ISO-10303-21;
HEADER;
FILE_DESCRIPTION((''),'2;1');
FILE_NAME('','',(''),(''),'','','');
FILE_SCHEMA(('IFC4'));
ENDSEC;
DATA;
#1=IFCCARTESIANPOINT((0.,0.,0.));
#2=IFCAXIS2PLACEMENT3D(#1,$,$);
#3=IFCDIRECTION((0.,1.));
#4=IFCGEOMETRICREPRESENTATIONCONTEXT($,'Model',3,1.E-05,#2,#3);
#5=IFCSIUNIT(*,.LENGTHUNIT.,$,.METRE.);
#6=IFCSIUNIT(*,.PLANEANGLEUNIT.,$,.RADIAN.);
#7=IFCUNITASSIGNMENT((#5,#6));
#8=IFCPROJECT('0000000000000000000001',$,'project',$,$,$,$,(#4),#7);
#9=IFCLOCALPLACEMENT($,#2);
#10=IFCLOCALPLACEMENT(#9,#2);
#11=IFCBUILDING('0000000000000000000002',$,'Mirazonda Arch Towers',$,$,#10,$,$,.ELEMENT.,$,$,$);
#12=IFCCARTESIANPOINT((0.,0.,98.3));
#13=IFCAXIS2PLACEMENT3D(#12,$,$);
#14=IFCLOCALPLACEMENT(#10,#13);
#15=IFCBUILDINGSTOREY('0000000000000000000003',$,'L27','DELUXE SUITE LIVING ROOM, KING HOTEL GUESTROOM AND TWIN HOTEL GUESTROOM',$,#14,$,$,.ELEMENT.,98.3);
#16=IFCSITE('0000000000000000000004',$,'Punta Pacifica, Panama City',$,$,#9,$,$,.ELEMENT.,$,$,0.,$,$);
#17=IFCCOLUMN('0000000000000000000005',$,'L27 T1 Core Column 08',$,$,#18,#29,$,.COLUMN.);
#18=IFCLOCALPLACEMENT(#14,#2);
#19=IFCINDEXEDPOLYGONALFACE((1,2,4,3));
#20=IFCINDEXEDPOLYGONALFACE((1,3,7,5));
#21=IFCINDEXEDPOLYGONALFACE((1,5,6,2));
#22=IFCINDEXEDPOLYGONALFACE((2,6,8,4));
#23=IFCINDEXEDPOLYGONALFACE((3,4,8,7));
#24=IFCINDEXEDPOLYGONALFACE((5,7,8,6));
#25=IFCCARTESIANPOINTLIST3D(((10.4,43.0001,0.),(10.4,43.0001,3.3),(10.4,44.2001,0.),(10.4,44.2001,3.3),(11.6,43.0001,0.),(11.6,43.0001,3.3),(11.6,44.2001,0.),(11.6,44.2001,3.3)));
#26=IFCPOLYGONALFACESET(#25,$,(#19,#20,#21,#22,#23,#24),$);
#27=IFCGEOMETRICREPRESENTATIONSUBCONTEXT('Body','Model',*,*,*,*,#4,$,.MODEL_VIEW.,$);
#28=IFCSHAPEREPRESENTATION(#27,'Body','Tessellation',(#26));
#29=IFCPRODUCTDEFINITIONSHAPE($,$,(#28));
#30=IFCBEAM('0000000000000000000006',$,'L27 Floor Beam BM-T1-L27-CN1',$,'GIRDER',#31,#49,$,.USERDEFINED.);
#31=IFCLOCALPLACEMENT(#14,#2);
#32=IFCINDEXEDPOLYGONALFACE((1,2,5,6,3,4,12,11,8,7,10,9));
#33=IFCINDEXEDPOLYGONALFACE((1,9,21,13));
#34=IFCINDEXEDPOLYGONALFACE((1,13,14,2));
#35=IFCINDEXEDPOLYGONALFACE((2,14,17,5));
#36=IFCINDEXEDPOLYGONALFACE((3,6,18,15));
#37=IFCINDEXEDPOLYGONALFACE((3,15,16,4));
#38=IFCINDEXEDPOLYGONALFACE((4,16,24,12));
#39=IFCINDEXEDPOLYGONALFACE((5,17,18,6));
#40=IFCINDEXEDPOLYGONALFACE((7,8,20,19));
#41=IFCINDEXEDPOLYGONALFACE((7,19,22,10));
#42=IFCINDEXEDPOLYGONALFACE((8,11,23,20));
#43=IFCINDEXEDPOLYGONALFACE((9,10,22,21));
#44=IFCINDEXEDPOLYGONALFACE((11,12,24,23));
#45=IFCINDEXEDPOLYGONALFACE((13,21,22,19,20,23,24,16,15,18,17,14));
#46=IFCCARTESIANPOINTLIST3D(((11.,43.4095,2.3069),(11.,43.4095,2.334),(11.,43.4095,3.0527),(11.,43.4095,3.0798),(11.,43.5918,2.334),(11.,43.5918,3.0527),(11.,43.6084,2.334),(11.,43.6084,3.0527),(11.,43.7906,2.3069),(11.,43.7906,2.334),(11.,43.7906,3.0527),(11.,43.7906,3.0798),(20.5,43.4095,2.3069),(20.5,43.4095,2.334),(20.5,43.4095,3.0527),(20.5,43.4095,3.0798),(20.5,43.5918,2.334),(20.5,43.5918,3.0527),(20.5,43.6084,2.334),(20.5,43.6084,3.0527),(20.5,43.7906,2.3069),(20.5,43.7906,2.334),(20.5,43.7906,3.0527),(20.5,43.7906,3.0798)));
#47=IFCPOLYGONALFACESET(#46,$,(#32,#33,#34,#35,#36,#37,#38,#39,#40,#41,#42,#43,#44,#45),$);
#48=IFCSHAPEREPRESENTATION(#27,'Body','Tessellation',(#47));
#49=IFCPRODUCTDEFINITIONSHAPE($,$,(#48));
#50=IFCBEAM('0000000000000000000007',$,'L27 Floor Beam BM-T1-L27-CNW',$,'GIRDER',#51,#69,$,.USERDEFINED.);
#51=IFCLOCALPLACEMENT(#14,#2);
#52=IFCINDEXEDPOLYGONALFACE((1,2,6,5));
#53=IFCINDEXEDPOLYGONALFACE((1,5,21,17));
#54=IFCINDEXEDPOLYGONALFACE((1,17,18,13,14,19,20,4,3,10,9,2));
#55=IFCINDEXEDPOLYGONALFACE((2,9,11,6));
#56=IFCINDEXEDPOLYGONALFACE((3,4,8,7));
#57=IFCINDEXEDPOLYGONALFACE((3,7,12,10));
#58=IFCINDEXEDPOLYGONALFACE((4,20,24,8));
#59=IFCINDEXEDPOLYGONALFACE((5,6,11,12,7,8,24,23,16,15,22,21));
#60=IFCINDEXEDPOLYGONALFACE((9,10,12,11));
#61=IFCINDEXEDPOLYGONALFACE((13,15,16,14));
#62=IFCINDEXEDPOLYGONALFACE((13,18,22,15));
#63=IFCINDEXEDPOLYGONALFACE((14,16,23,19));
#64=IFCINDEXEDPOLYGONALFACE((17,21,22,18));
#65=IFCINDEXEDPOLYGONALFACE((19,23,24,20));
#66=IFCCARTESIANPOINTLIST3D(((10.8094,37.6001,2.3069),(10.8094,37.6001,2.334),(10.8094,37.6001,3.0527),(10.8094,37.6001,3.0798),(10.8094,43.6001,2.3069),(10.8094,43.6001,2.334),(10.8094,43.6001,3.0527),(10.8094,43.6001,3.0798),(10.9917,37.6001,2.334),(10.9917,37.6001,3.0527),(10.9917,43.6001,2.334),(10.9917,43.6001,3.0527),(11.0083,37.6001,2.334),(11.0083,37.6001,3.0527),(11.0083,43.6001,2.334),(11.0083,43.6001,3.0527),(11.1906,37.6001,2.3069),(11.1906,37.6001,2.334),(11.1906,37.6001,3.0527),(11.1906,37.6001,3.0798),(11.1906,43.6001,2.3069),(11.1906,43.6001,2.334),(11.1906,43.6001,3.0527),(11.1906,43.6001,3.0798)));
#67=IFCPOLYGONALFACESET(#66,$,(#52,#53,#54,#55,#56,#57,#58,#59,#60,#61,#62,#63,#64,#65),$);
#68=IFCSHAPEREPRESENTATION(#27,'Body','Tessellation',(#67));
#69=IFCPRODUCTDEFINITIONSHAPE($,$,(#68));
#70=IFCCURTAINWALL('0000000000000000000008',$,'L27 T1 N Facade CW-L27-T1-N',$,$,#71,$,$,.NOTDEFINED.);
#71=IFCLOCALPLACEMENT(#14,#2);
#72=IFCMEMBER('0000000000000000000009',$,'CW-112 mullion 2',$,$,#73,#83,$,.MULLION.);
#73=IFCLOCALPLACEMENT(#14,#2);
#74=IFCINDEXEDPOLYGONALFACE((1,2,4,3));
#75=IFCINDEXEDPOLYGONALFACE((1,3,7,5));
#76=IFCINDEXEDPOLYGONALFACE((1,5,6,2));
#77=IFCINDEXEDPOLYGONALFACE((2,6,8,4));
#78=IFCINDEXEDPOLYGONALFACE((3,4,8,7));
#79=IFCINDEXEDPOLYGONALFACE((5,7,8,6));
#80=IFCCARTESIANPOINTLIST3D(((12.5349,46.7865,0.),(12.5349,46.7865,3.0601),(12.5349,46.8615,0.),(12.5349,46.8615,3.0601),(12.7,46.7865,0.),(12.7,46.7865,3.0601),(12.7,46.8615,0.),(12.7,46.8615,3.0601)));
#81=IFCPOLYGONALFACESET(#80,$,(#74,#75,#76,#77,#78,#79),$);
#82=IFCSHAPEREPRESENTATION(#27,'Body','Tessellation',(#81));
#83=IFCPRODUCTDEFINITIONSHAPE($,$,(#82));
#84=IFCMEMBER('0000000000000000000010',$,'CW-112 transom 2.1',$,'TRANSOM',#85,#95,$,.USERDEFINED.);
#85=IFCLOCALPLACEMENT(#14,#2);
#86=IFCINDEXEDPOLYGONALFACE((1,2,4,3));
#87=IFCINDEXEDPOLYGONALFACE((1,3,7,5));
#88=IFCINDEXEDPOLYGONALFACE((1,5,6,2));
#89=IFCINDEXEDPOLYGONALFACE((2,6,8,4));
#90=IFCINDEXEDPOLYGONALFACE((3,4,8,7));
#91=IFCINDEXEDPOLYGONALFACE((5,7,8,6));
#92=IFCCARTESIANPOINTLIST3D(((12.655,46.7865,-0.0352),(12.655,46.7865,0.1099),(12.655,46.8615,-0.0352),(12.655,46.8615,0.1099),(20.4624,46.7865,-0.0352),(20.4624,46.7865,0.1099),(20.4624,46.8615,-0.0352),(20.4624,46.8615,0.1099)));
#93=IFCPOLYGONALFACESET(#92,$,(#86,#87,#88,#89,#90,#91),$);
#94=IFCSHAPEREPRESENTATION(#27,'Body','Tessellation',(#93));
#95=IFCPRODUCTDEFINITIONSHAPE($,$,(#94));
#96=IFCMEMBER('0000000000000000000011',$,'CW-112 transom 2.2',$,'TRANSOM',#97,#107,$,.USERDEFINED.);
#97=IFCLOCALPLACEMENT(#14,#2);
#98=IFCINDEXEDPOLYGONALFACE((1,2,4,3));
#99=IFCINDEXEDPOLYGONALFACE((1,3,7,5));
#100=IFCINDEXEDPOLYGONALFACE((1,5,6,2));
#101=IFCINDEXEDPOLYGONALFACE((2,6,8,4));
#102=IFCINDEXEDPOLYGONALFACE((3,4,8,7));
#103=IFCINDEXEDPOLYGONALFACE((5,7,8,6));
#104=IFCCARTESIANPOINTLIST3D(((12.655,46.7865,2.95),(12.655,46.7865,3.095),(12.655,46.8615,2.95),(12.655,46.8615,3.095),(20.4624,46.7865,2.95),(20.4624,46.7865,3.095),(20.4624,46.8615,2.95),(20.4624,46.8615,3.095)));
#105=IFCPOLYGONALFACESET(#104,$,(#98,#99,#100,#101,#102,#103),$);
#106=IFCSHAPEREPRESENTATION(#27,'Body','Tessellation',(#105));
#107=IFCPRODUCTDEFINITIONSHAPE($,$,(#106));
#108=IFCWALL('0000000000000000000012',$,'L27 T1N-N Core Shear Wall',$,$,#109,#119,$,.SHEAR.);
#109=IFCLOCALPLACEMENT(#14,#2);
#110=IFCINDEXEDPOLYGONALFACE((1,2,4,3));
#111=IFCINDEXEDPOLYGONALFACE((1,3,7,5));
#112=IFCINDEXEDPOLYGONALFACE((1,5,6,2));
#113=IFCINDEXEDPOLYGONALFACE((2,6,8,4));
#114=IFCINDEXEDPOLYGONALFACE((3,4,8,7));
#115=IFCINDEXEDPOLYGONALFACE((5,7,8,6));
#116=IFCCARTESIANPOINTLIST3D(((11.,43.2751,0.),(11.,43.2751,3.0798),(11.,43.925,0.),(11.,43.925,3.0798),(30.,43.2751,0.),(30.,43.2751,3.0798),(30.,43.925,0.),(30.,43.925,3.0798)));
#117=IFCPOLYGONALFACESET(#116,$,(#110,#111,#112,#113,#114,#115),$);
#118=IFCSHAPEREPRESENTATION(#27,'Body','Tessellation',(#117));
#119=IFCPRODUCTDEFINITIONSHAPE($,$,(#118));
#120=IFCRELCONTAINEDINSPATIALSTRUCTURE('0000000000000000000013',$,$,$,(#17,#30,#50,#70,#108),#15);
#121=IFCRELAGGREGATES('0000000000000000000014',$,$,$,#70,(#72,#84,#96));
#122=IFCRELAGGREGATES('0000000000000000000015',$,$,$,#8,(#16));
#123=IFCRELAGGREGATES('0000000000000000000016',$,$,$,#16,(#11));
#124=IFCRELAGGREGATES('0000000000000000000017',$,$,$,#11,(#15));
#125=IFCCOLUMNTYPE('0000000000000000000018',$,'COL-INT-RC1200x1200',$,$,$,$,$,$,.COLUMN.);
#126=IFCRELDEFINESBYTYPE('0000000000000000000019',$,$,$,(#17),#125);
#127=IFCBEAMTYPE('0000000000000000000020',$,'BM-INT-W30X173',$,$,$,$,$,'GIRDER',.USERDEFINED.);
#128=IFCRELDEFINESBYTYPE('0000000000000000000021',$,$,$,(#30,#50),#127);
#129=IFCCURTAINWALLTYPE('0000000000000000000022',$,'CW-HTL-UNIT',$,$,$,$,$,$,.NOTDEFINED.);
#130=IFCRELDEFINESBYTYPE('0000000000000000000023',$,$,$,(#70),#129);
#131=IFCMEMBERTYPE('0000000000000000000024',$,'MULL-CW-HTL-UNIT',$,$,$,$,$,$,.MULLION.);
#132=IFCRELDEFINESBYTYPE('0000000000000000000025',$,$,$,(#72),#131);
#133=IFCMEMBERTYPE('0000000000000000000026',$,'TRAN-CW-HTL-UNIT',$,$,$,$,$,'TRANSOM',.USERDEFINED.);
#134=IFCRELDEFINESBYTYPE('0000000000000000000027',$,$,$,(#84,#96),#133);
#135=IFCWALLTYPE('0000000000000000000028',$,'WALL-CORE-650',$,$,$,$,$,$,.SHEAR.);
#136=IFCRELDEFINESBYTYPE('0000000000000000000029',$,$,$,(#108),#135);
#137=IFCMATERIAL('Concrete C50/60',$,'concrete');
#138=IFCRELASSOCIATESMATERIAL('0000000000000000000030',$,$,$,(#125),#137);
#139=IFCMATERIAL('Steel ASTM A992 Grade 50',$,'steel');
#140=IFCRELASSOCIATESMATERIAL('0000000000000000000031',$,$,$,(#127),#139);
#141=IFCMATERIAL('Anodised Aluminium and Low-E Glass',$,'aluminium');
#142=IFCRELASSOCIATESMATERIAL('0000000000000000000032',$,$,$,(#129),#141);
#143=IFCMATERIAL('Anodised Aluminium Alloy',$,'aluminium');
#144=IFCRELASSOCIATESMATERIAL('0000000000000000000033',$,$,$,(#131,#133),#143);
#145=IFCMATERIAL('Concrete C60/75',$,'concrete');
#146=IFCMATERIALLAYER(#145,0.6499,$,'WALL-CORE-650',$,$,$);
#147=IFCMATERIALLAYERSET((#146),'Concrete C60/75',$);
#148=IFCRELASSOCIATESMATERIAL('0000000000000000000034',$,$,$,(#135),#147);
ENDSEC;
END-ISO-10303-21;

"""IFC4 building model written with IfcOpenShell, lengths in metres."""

from ifc_helpers import new_model, si_unit, direction, frame, frame_2d, origin, origin_2d, place, context, subcontext, project, spatial, rectangle, i_section, extrude, material, layer, layer_set, material_profile, profile_set, type_object, element, aggregate, save


model = new_model("IFC4")

# Units and contexts
model_context = context("Model", 3, precision=1e-05, world=origin(), true_north=direction((0.0, 1.0)))
body_context = subcontext(model_context, "Body", "Model", "MODEL_VIEW")
ifc_project = project(units=[si_unit("LENGTHUNIT", "METRE"), si_unit("PLANEANGLEUNIT", "RADIAN")], contexts=[model_context])

# Site, building, storey
site_placement = place(None, origin())
site = spatial("IfcSite", under=ifc_project, at=site_placement, Name="Punta Pacifica, Panama City", CompositionType="ELEMENT", RefElevation=0.0)
building_placement = place(site_placement, origin())
building = spatial("IfcBuilding", under=site, at=building_placement, Name="Mirazonda Arch Towers", CompositionType="ELEMENT")
storey_placement = place(building_placement, frame((0.0, 0.0, 98.3)))
storey = spatial("IfcBuildingStorey", under=building, at=storey_placement, Name="L27", Description="DELUXE SUITE LIVING ROOM, KING HOTEL GUESTROOM AND TWIN HOTEL GUESTROOM", CompositionType="ELEMENT", Elevation=98.3)

# Column
ifc_material_1 = material(Name="Concrete C50/60", Category="concrete")
ifc_material_profile_1 = material_profile(ifc_material_1, rectangle(XDim=1.2, YDim=1.2, at=origin_2d()), Name="RC1200x1200")
ifc_profile_set_1 = profile_set([ifc_material_profile_1], Name="Concrete C50/60")
column_type = type_object("IfcColumnType", Name="COL-INT-RC1200x1200", PredefinedType="COLUMN", material=ifc_profile_set_1)
column_placement = place(storey_placement, frame((11.0, 43.6001, 0.0), z_axis=(0.0, 0.0, 1.0), x_axis=(1.0, 0.0, 0.0)))
element("IfcColumn", 1, at=column_placement, inside=storey, type_object=column_type, Name="L27 T1 Core Column 08", PredefinedType="COLUMN", context=body_context, shape_type="SweptSolid", body=[
    extrude(rectangle(XDim=1.2, YDim=1.2, at=origin_2d()), origin(), (0.0, 0.0, 1.0), 3.3),
])

# Beams
ifc_material_2 = material(Name="Steel ASTM A992 Grade 50", Category="steel")
ifc_material_profile_2 = material_profile(ifc_material_2, i_section(OverallWidth=0.3811, OverallDepth=0.7729, WebThickness=0.0166, FlangeThickness=0.0271, at=origin_2d()), Name="W30X173")
ifc_profile_set_2 = profile_set([ifc_material_profile_2], Name="Steel ASTM A992 Grade 50")
beam_type = type_object("IfcBeamType", Name="BM-INT-W30X173", ElementType="GIRDER", PredefinedType="USERDEFINED", material=ifc_profile_set_2)
beam_1_placement = place(storey_placement, frame((11.0, 43.6001, 2.6934), z_axis=(1.0, 0.0, 0.0), x_axis=(0.0, 1.0, 0.0)))
element("IfcBeam", 2, at=beam_1_placement, inside=storey, type_object=beam_type, Name="L27 Floor Beam BM-T1-L27-CN1", ObjectType="GIRDER", PredefinedType="USERDEFINED", context=body_context, shape_type="SweptSolid", body=[
    extrude(i_section(OverallWidth=0.3811, OverallDepth=0.7729, WebThickness=0.0166, FlangeThickness=0.0271, at=origin_2d()), origin(), (0.0, 0.0, 1.0), 9.5),
])
beam_2_placement = place(storey_placement, frame((11.0, 37.6001, 2.6934), z_axis=(0.0, 1.0, 0.0), x_axis=(-1.0, 0.0, 0.0)))
element("IfcBeam", 3, at=beam_2_placement, inside=storey, type_object=beam_type, Name="L27 Floor Beam BM-T1-L27-CNW", ObjectType="GIRDER", PredefinedType="USERDEFINED", context=body_context, shape_type="SweptSolid", body=[
    extrude(i_section(OverallWidth=0.3811, OverallDepth=0.7729, WebThickness=0.0166, FlangeThickness=0.0271, at=origin_2d()), origin(), (0.0, 0.0, 1.0), 6.0),
])

# Curtain wall, members
ifc_material_3 = material(Name="Anodised Aluminium and Low-E Glass", Category="aluminium")
curtain_wall_type = type_object("IfcCurtainWallType", Name="CW-HTL-UNIT", PredefinedType="NOTDEFINED", material=ifc_material_3)
curtain_wall_placement = place(storey_placement, origin())
curtain_wall = element("IfcCurtainWall", 4, at=curtain_wall_placement, inside=storey, type_object=curtain_wall_type, Name="L27 T1 N Facade CW-L27-T1-N", PredefinedType="NOTDEFINED")
ifc_material_4 = material(Name="Anodised Aluminium Alloy", Category="aluminium")
ifc_material_profile_3 = material_profile(ifc_material_4, rectangle(XDim=0.075, YDim=0.165, at=origin_2d()), Name="ALU-MULL-75x165")
ifc_profile_set_3 = profile_set([ifc_material_profile_3], Name="Anodised Aluminium Alloy")
member_type_1 = type_object("IfcMemberType", Name="MULL-CW-HTL-UNIT", PredefinedType="MULLION", material=ifc_profile_set_3)
member_1_placement = place(storey_placement, frame((12.6174, 46.824, 0.0), z_axis=(0.0, 0.0, 1.0), x_axis=(0.0, 1.0, 0.0)))
member_1 = element("IfcMember", 5, at=member_1_placement, type_object=member_type_1, Name="CW-112 mullion 2", PredefinedType="MULLION", context=body_context, shape_type="SweptSolid", body=[
    extrude(rectangle(XDim=0.075, YDim=0.165, at=origin_2d()), origin(), (0.0, 0.0, 1.0), 3.0601),
])
ifc_material_profile_4 = material_profile(ifc_material_4, rectangle(XDim=0.075, YDim=0.145, at=origin_2d()), Name="ALU-TRAN-75x145")
ifc_profile_set_4 = profile_set([ifc_material_profile_4], Name="Anodised Aluminium Alloy")
member_type_2 = type_object("IfcMemberType", Name="TRAN-CW-HTL-UNIT", ElementType="TRANSOM", PredefinedType="USERDEFINED", material=ifc_profile_set_4)
member_2_placement = place(storey_placement, frame((12.655, 46.824, 0.0374), z_axis=(1.0, 0.0, 0.0), x_axis=(0.0, 1.0, 0.0)))
member_2 = element("IfcMember", 6, at=member_2_placement, type_object=member_type_2, Name="CW-112 transom 2.1", ObjectType="TRANSOM", PredefinedType="USERDEFINED", context=body_context, shape_type="SweptSolid", body=[
    extrude(rectangle(XDim=0.075, YDim=0.145, at=origin_2d()), origin(), (0.0, 0.0, 1.0), 7.8074),
])
member_3_placement = place(storey_placement, frame((12.655, 46.824, 3.0225), z_axis=(1.0, 0.0, 0.0), x_axis=(0.0, 1.0, 0.0)))
member_3 = element("IfcMember", 7, at=member_3_placement, type_object=member_type_2, Name="CW-112 transom 2.2", ObjectType="TRANSOM", PredefinedType="USERDEFINED", context=body_context, shape_type="SweptSolid", body=[
    extrude(rectangle(XDim=0.075, YDim=0.145, at=origin_2d()), origin(), (0.0, 0.0, 1.0), 7.8074),
])
aggregate(curtain_wall, [member_1, member_2, member_3])

# Wall
ifc_material_5 = material(Name="Concrete C60/75", Category="concrete")
ifc_layer_1 = layer(ifc_material_5, 0.6499, Name="WALL-CORE-650")
ifc_layer_set_1 = layer_set([ifc_layer_1], Name="Concrete C60/75")
wall_type_1 = type_object("IfcWallType", Name="WALL-CORE-650", PredefinedType="SHEAR", material=ifc_layer_set_1)
wall_1_placement = place(storey_placement, frame((11.0, 43.6001, 0.0), z_axis=(0.0, 0.0, 1.0), x_axis=(1.0, 0.0, 0.0)))
element("IfcWall", 8, at=wall_1_placement, inside=storey, type_object=wall_type_1, Name="L27 T1N-N Core Shear Wall", PredefinedType="SHEAR", context=body_context, shape_type="SweptSolid", body=[
    extrude(rectangle(XDim=19.0, YDim=0.6499, at=frame_2d((9.5, 0.0))), origin(), (0.0, 0.0, 1.0), 3.0798),
])

save(model, "model.ifc")
